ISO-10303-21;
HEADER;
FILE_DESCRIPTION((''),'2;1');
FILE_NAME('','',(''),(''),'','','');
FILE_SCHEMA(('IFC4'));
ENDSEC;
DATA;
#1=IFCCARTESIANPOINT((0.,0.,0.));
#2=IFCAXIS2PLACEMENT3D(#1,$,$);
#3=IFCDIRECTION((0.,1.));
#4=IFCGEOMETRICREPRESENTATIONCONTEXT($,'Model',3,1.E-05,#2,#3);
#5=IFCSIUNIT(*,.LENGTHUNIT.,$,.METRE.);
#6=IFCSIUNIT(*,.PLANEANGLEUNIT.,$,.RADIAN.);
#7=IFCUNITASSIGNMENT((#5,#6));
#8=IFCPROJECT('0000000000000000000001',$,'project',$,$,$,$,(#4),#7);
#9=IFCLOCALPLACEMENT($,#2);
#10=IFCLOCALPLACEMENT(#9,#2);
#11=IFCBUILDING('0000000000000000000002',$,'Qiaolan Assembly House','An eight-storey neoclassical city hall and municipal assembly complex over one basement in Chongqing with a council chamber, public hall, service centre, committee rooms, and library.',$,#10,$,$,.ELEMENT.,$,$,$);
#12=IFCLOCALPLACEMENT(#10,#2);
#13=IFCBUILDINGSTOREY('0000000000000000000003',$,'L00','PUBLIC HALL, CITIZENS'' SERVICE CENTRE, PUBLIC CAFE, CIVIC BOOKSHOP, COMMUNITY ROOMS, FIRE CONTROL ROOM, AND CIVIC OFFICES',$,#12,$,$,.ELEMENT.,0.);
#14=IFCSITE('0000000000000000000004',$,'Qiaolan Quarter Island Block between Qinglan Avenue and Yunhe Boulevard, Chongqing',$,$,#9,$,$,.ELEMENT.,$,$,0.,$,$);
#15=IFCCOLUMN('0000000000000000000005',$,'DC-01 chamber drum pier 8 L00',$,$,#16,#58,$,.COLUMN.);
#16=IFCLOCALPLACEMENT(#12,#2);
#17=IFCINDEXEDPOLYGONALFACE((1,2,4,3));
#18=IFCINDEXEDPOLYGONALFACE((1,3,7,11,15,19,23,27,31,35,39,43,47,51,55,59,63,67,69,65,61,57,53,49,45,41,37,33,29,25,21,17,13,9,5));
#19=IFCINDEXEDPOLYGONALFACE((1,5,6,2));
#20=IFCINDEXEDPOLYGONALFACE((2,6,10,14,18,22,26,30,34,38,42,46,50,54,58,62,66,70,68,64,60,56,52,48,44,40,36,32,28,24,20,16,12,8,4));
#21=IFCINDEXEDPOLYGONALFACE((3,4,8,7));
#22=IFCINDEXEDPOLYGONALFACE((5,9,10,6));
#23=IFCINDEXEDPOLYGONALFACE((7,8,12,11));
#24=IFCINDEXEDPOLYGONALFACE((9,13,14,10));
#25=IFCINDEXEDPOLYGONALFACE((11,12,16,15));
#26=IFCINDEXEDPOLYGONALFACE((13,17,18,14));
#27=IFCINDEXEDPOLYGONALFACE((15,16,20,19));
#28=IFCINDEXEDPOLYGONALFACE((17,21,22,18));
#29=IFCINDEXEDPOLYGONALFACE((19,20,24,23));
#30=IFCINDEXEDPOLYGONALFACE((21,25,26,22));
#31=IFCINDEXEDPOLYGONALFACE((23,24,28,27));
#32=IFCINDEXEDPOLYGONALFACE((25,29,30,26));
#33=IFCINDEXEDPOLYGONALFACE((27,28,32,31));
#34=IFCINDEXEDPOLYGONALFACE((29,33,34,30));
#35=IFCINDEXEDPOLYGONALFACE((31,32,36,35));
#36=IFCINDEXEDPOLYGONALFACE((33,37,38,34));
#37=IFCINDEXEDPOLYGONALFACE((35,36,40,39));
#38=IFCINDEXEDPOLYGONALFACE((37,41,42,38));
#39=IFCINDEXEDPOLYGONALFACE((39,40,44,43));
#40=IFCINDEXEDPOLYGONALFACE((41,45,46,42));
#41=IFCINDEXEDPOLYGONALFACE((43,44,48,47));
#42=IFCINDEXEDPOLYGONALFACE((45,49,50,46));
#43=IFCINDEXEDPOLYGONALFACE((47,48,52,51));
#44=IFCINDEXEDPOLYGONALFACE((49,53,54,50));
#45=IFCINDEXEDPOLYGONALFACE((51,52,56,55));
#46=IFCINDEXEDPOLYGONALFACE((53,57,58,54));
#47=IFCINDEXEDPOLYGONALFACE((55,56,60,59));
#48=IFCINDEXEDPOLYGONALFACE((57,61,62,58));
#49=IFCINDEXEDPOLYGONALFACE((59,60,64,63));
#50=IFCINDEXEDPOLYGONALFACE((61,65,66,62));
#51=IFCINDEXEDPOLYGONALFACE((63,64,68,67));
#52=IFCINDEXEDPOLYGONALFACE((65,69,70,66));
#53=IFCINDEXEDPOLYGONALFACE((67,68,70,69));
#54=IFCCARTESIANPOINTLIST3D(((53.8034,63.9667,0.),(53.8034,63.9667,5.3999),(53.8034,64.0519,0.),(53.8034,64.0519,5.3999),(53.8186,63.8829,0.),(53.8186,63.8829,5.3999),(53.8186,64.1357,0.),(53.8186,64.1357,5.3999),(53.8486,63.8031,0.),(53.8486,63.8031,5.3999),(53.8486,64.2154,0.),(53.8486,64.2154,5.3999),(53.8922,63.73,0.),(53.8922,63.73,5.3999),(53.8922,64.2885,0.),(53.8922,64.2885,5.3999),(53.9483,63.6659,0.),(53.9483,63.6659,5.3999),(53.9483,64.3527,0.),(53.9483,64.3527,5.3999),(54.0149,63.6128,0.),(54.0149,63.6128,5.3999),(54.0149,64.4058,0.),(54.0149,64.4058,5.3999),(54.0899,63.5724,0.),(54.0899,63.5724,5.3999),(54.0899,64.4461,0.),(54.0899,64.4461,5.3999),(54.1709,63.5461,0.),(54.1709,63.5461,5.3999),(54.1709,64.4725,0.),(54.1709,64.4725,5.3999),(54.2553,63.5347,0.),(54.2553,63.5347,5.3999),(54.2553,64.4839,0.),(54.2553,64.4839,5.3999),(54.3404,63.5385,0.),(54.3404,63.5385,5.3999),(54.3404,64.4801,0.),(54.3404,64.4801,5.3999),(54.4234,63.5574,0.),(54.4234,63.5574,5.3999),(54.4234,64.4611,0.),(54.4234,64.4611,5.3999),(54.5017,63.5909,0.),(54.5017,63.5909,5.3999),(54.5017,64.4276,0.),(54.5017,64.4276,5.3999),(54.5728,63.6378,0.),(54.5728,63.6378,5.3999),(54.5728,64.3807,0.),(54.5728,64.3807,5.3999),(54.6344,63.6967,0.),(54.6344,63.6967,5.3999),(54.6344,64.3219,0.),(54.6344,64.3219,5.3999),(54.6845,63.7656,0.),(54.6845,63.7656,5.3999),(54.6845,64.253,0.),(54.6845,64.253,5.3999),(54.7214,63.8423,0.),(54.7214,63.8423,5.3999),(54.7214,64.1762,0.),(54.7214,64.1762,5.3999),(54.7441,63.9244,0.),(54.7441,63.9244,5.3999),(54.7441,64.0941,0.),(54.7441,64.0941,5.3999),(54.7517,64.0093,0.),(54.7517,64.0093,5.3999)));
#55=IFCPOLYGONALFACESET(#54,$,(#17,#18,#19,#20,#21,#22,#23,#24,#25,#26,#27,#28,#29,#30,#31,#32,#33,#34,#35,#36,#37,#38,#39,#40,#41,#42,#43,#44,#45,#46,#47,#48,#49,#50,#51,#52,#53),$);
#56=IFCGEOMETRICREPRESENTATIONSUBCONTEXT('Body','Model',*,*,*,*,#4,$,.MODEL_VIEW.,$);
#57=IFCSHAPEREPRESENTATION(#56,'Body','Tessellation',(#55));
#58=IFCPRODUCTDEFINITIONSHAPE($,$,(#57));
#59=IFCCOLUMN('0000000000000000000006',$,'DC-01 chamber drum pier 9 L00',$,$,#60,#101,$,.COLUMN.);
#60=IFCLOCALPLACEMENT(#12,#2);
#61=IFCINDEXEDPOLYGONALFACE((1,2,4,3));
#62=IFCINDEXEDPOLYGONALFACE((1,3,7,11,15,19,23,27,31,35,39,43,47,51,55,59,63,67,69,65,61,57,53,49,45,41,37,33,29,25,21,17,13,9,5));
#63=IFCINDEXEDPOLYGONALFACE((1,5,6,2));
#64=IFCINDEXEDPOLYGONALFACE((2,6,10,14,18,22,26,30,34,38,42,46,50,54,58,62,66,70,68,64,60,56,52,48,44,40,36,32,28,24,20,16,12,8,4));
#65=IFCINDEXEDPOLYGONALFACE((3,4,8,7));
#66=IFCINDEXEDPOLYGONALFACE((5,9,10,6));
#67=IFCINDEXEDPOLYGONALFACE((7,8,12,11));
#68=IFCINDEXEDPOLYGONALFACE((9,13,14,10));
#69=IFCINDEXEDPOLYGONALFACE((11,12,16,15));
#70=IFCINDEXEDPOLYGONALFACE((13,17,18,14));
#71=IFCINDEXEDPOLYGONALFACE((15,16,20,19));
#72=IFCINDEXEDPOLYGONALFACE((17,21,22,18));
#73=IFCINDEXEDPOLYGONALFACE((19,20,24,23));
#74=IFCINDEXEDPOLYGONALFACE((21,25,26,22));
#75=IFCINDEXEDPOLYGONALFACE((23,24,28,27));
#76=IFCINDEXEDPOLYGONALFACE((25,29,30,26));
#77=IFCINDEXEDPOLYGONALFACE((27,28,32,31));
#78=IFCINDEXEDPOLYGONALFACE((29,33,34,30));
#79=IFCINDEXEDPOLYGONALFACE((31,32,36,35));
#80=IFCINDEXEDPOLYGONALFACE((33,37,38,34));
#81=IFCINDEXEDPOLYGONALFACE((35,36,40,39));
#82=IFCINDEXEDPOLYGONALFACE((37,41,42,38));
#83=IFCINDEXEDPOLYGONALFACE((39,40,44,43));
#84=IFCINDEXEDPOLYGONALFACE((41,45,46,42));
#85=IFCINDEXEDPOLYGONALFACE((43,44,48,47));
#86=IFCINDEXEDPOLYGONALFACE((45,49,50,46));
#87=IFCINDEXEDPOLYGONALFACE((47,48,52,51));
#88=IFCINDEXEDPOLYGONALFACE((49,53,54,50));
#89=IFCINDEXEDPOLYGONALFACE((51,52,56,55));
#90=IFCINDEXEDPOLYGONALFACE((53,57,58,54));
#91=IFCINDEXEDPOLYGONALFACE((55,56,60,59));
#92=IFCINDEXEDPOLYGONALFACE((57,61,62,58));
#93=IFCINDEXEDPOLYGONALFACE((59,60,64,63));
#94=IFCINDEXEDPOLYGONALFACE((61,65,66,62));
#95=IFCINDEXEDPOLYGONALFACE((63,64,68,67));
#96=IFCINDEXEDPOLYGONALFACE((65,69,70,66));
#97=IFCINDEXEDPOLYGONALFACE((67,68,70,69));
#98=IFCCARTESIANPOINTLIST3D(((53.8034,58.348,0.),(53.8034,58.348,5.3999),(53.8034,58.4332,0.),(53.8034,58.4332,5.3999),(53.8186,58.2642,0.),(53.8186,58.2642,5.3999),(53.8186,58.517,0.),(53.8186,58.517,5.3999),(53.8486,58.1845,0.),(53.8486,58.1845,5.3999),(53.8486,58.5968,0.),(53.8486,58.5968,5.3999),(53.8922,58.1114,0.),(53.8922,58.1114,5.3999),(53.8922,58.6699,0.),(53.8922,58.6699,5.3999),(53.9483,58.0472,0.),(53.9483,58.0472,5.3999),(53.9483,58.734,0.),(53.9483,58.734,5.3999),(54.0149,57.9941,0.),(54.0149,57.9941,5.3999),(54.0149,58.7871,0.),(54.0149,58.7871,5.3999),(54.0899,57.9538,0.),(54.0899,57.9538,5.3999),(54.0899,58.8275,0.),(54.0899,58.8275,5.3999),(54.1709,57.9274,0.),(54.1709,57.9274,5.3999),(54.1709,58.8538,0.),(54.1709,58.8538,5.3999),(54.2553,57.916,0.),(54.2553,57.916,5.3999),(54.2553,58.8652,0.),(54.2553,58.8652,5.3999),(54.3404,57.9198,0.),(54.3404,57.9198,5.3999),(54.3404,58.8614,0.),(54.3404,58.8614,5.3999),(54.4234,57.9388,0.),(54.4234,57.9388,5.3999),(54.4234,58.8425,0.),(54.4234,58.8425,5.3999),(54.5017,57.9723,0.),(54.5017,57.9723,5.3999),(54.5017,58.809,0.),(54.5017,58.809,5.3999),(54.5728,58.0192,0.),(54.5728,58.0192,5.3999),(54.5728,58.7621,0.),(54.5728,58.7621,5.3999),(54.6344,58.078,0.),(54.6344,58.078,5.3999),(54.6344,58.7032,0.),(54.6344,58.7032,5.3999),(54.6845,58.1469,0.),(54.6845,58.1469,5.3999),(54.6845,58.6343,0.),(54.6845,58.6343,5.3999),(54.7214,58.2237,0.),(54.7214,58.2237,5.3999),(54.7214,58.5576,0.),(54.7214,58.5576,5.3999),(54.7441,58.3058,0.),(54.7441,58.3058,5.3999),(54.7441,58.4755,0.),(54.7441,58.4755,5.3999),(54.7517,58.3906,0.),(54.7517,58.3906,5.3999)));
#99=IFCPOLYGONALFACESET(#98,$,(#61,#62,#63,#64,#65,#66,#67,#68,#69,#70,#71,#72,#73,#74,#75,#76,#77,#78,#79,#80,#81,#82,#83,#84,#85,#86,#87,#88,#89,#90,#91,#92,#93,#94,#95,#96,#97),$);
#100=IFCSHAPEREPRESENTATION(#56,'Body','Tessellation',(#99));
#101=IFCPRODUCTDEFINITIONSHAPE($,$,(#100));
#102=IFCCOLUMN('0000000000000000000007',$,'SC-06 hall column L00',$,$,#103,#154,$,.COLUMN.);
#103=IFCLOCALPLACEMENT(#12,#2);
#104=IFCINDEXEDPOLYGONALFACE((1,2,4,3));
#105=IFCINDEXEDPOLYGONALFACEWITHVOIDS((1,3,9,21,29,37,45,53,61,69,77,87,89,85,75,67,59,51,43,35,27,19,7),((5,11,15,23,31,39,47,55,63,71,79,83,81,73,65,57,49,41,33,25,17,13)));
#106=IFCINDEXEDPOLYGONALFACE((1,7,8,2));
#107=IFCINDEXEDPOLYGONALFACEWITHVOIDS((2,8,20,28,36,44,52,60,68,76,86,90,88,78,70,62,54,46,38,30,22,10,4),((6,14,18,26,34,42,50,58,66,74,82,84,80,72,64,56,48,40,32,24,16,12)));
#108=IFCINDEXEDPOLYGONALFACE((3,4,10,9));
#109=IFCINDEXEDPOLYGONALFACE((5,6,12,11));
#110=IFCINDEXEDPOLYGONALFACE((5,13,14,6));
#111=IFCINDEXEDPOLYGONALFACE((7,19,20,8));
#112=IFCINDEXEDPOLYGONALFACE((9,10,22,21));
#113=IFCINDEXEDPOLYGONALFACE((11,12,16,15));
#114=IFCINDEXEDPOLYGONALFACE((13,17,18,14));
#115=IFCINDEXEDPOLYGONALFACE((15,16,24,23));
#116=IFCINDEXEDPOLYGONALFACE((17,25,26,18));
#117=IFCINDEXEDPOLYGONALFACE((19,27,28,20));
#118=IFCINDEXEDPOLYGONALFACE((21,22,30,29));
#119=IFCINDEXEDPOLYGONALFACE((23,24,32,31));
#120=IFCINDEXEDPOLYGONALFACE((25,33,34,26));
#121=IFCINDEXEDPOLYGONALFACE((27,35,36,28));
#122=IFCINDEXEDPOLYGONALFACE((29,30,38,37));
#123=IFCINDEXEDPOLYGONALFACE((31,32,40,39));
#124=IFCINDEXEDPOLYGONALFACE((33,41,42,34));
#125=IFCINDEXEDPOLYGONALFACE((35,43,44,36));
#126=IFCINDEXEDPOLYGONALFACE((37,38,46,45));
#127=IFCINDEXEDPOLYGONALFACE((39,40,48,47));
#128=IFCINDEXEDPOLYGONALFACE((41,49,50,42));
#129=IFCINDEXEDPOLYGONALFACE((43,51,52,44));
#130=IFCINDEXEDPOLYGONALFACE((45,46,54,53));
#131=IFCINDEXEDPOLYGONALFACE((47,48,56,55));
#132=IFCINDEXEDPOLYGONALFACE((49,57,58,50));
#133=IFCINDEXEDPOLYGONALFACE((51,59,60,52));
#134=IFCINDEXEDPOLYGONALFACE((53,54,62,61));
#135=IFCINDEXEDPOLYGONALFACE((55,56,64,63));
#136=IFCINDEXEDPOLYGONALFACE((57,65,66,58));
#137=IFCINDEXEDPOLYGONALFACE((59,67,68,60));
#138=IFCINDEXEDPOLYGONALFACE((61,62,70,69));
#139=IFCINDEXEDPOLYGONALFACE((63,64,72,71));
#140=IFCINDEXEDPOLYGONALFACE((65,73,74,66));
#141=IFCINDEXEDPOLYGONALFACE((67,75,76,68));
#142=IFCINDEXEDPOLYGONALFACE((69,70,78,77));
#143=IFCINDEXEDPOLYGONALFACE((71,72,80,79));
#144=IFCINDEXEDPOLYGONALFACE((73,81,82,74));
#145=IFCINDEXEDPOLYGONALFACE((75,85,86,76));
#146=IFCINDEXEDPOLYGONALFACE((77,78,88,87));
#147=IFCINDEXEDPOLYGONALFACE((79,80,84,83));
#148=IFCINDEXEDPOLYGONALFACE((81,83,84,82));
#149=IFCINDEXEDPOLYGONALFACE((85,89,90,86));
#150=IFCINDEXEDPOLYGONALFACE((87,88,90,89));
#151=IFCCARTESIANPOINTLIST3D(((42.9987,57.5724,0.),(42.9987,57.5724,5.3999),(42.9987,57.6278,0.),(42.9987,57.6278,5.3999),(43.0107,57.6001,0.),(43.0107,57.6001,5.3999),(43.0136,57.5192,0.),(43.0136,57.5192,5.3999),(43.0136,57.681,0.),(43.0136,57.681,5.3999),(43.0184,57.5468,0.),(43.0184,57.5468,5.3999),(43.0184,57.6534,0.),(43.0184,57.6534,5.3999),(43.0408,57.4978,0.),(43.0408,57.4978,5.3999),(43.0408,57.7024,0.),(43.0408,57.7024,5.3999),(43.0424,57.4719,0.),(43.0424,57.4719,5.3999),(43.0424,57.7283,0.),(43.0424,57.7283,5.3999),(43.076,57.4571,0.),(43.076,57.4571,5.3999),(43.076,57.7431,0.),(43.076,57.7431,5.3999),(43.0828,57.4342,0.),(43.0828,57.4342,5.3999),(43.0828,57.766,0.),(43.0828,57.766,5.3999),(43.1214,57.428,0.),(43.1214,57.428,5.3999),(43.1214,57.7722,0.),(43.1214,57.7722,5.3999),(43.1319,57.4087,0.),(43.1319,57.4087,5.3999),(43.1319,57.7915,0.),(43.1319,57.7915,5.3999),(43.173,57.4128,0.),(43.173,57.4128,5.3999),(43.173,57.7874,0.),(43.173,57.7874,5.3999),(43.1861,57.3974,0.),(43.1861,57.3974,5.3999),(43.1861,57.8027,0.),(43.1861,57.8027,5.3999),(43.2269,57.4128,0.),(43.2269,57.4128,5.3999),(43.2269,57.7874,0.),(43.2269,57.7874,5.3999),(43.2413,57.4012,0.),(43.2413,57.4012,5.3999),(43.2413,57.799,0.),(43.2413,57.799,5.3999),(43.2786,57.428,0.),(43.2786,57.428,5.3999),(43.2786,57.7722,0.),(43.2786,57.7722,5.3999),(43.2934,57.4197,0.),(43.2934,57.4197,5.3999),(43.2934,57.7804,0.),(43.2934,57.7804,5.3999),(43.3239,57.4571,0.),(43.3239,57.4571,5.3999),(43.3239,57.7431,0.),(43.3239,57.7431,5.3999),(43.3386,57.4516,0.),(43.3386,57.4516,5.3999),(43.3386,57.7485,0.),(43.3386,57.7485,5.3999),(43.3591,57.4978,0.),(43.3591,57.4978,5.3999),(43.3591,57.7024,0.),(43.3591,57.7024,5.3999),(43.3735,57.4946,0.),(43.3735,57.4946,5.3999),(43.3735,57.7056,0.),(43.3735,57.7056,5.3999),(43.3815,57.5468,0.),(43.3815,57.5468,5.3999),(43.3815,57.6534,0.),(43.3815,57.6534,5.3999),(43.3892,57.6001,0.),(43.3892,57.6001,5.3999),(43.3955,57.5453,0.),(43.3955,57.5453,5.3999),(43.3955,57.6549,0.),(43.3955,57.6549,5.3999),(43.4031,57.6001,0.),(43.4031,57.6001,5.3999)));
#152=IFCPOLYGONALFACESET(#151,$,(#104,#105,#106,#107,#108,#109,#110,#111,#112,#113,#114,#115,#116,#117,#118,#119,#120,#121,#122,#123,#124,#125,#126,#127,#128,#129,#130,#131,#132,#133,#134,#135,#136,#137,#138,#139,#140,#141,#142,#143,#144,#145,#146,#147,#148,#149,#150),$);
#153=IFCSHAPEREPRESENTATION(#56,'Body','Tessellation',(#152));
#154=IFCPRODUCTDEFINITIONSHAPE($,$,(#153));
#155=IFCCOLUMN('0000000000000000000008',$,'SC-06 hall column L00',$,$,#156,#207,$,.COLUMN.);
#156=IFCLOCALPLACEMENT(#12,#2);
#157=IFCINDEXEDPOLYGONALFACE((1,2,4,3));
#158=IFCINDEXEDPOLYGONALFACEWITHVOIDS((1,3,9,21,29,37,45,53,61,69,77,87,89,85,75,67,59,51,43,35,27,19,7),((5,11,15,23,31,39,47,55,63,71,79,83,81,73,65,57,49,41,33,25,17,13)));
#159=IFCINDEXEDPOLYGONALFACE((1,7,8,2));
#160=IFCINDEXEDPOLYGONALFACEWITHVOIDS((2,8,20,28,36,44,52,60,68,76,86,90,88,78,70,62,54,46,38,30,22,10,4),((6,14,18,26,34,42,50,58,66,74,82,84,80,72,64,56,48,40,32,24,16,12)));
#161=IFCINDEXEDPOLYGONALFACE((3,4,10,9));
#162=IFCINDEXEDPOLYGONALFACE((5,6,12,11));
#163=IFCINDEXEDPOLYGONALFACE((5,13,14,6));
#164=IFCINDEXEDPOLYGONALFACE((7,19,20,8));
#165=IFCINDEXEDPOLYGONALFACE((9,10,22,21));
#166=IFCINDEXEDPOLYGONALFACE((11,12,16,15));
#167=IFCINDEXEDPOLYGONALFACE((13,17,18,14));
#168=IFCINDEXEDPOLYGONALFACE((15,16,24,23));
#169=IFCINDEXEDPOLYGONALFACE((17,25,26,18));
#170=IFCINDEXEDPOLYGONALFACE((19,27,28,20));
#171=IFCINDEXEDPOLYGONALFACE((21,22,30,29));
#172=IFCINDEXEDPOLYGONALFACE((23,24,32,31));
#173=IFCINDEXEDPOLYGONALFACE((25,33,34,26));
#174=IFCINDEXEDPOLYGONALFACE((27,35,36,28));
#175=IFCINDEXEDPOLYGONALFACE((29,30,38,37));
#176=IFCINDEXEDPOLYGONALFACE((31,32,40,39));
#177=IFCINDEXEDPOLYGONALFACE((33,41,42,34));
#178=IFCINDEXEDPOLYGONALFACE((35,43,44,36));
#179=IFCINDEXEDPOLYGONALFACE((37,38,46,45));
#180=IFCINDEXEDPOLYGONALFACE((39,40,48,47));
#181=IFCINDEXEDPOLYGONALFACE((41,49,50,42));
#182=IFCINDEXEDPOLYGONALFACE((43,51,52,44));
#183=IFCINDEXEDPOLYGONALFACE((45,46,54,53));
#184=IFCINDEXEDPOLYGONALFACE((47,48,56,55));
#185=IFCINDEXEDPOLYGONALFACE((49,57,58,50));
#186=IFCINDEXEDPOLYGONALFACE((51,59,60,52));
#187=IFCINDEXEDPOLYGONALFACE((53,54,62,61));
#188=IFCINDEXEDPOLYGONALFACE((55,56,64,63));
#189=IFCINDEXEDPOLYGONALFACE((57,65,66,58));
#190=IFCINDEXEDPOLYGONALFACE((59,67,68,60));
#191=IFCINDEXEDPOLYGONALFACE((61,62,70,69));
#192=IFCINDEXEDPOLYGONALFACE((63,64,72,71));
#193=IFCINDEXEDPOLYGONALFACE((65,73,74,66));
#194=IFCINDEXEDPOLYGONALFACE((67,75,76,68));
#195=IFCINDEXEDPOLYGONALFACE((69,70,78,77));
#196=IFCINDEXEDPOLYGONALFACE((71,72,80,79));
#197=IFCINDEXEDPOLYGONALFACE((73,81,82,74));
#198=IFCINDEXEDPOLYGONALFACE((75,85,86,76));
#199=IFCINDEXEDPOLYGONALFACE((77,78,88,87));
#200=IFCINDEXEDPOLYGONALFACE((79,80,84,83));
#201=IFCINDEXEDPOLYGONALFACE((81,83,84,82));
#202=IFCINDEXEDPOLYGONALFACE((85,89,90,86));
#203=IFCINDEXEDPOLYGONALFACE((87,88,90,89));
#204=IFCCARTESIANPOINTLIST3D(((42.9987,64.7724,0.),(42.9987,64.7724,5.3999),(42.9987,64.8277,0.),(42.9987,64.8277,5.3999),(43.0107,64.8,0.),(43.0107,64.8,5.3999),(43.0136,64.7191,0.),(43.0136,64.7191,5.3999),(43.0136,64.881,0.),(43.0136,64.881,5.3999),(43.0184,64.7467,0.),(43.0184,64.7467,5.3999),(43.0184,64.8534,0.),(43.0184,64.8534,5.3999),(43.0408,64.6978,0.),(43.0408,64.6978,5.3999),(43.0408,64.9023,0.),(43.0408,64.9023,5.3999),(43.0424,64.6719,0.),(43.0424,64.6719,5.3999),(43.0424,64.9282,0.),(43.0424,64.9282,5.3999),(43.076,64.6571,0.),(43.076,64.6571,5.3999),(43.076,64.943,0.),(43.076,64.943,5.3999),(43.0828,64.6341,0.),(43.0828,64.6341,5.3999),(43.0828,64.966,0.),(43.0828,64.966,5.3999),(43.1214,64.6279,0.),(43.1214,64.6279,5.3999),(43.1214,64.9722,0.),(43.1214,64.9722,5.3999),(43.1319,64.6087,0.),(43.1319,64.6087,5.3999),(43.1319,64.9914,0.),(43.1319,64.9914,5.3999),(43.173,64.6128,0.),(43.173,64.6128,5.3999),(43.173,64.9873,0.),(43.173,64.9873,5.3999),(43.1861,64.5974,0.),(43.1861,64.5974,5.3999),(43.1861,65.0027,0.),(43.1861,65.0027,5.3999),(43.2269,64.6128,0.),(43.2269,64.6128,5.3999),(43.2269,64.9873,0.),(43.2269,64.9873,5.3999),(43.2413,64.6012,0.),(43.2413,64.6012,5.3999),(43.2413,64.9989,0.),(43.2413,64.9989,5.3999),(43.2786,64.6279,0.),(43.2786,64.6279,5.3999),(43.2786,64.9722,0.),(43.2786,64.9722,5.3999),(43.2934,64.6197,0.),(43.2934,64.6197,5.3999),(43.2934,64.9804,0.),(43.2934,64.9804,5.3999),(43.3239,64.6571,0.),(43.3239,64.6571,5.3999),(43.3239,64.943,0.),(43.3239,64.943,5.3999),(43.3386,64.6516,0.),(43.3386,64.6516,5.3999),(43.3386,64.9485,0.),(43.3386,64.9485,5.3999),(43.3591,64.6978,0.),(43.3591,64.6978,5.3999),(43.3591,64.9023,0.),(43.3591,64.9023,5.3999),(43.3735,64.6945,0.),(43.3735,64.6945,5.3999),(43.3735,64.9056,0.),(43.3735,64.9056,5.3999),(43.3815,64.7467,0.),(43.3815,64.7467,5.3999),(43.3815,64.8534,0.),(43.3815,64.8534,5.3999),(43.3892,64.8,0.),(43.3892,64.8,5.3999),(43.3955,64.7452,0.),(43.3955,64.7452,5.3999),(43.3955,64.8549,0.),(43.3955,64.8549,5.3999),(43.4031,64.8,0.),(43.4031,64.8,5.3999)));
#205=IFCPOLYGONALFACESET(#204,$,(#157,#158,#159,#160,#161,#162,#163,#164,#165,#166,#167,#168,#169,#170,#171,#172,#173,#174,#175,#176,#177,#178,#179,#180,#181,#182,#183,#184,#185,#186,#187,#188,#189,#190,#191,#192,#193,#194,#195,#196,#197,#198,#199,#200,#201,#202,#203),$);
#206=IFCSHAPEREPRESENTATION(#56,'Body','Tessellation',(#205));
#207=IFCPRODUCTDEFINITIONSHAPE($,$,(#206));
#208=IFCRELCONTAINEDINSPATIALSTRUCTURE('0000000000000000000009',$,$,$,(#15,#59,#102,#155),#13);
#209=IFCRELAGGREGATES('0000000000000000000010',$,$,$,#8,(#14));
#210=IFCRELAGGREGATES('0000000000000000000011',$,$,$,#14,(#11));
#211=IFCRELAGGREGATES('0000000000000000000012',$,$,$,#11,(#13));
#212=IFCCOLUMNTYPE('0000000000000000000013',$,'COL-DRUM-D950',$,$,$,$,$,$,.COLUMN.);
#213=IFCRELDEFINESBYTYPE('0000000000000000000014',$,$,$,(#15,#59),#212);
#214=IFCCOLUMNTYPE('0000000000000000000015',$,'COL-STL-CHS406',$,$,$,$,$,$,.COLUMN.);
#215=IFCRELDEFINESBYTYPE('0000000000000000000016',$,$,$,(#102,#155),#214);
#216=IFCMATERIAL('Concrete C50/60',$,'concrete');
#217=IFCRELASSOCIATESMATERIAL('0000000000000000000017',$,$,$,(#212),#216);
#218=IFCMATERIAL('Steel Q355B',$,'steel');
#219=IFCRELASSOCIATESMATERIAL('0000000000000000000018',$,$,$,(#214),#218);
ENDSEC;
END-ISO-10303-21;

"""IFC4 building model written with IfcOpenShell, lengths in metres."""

from ifc_helpers import new_model, si_unit, direction, frame, origin, origin_2d, place, context, subcontext, project, spatial, circle, hollow_circle, extrude, material, material_profile, profile_set, type_object, element, save


model = new_model("IFC4")

# Units and contexts
model_context = context("Model", 3, precision=1e-05, world=origin(), true_north=direction((0.0, 1.0)))
body_context = subcontext(model_context, "Body", "Model", "MODEL_VIEW")
ifc_project = project(units=[si_unit("LENGTHUNIT", "METRE"), si_unit("PLANEANGLEUNIT", "RADIAN")], contexts=[model_context])

# Site, building, storey
site_placement = place(None, origin())
site = spatial("IfcSite", under=ifc_project, at=site_placement, Name="Qiaolan Quarter Island Block between Qinglan Avenue and Yunhe Boulevard, Chongqing", CompositionType="ELEMENT", RefElevation=0.0)
building_placement = place(site_placement, origin())
building = spatial("IfcBuilding", under=site, at=building_placement, Name="Qiaolan Assembly House", Description="An eight-storey neoclassical city hall and municipal assembly complex over one basement in Chongqing with a council chamber, public hall, service centre, committee rooms, and library.", CompositionType="ELEMENT")
storey_placement = place(building_placement, origin())
storey = spatial("IfcBuildingStorey", under=building, at=storey_placement, Name="L00", Description="PUBLIC HALL, CITIZENS' SERVICE CENTRE, PUBLIC CAFE, CIVIC BOOKSHOP, COMMUNITY ROOMS, FIRE CONTROL ROOM, AND CIVIC OFFICES", CompositionType="ELEMENT", Elevation=0.0)

# Columns
ifc_material_1 = material(Name="Concrete C50/60", Category="concrete")
ifc_material_profile_1 = material_profile(ifc_material_1, circle(Radius=0.4751, at=origin_2d()), Name="CIRC D950")
ifc_profile_set_1 = profile_set([ifc_material_profile_1], Name="Concrete C50/60")
column_type_1 = type_object("IfcColumnType", Name="COL-DRUM-D950", PredefinedType="COLUMN", material=ifc_profile_set_1)
for number, where, z_axis, x_axis, name in (
    (1, (54.2766, 64.0093, 0.0), (0.0, 0.0, 1.0), (1.0, 0.0, 0.0), "DC-01 chamber drum pier 8 L00"),
    (2, (54.2766, 58.3906, 0.0), (0.0, 0.0, 1.0), (1.0, 0.0, 0.0), "DC-01 chamber drum pier 9 L00"),
):
    element("IfcColumn", number, at=place(storey_placement, frame(where, z_axis=z_axis, x_axis=x_axis)), inside=storey, type_object=column_type_1, Name=name, PredefinedType="COLUMN", context=body_context, shape_type="SweptSolid", body=[
        extrude(circle(Radius=0.4751, at=origin_2d()), origin(), (0.0, 0.0, 1.0), 5.3999),
    ])
ifc_material_2 = material(Name="Steel Q355B", Category="steel")
ifc_material_profile_2 = material_profile(ifc_material_2, hollow_circle(Radius=0.2031, WallThickness=0.0139, at=origin_2d()), Name="CHS 406.4x14")
ifc_profile_set_2 = profile_set([ifc_material_profile_2], Name="Steel Q355B")
column_type_2 = type_object("IfcColumnType", Name="COL-STL-CHS406", PredefinedType="COLUMN", material=ifc_profile_set_2)
for number, where, z_axis, x_axis, name in (
    (3, (43.2, 57.6001, 0.0), (0.0, 0.0, 1.0), (1.0, 0.0, 0.0), "SC-06 hall column L00"),
    (4, (43.2, 64.8, 0.0), (0.0, 0.0, 1.0), (1.0, 0.0, 0.0), "SC-06 hall column L00"),
):
    element("IfcColumn", number, at=place(storey_placement, frame(where, z_axis=z_axis, x_axis=x_axis)), inside=storey, type_object=column_type_2, Name=name, PredefinedType="COLUMN", context=body_context, shape_type="SweptSolid", body=[
        extrude(hollow_circle(Radius=0.2031, WallThickness=0.0139, at=origin_2d()), origin(), (0.0, 0.0, 1.0), 5.3999),
    ])

save(model, "model.ifc")
